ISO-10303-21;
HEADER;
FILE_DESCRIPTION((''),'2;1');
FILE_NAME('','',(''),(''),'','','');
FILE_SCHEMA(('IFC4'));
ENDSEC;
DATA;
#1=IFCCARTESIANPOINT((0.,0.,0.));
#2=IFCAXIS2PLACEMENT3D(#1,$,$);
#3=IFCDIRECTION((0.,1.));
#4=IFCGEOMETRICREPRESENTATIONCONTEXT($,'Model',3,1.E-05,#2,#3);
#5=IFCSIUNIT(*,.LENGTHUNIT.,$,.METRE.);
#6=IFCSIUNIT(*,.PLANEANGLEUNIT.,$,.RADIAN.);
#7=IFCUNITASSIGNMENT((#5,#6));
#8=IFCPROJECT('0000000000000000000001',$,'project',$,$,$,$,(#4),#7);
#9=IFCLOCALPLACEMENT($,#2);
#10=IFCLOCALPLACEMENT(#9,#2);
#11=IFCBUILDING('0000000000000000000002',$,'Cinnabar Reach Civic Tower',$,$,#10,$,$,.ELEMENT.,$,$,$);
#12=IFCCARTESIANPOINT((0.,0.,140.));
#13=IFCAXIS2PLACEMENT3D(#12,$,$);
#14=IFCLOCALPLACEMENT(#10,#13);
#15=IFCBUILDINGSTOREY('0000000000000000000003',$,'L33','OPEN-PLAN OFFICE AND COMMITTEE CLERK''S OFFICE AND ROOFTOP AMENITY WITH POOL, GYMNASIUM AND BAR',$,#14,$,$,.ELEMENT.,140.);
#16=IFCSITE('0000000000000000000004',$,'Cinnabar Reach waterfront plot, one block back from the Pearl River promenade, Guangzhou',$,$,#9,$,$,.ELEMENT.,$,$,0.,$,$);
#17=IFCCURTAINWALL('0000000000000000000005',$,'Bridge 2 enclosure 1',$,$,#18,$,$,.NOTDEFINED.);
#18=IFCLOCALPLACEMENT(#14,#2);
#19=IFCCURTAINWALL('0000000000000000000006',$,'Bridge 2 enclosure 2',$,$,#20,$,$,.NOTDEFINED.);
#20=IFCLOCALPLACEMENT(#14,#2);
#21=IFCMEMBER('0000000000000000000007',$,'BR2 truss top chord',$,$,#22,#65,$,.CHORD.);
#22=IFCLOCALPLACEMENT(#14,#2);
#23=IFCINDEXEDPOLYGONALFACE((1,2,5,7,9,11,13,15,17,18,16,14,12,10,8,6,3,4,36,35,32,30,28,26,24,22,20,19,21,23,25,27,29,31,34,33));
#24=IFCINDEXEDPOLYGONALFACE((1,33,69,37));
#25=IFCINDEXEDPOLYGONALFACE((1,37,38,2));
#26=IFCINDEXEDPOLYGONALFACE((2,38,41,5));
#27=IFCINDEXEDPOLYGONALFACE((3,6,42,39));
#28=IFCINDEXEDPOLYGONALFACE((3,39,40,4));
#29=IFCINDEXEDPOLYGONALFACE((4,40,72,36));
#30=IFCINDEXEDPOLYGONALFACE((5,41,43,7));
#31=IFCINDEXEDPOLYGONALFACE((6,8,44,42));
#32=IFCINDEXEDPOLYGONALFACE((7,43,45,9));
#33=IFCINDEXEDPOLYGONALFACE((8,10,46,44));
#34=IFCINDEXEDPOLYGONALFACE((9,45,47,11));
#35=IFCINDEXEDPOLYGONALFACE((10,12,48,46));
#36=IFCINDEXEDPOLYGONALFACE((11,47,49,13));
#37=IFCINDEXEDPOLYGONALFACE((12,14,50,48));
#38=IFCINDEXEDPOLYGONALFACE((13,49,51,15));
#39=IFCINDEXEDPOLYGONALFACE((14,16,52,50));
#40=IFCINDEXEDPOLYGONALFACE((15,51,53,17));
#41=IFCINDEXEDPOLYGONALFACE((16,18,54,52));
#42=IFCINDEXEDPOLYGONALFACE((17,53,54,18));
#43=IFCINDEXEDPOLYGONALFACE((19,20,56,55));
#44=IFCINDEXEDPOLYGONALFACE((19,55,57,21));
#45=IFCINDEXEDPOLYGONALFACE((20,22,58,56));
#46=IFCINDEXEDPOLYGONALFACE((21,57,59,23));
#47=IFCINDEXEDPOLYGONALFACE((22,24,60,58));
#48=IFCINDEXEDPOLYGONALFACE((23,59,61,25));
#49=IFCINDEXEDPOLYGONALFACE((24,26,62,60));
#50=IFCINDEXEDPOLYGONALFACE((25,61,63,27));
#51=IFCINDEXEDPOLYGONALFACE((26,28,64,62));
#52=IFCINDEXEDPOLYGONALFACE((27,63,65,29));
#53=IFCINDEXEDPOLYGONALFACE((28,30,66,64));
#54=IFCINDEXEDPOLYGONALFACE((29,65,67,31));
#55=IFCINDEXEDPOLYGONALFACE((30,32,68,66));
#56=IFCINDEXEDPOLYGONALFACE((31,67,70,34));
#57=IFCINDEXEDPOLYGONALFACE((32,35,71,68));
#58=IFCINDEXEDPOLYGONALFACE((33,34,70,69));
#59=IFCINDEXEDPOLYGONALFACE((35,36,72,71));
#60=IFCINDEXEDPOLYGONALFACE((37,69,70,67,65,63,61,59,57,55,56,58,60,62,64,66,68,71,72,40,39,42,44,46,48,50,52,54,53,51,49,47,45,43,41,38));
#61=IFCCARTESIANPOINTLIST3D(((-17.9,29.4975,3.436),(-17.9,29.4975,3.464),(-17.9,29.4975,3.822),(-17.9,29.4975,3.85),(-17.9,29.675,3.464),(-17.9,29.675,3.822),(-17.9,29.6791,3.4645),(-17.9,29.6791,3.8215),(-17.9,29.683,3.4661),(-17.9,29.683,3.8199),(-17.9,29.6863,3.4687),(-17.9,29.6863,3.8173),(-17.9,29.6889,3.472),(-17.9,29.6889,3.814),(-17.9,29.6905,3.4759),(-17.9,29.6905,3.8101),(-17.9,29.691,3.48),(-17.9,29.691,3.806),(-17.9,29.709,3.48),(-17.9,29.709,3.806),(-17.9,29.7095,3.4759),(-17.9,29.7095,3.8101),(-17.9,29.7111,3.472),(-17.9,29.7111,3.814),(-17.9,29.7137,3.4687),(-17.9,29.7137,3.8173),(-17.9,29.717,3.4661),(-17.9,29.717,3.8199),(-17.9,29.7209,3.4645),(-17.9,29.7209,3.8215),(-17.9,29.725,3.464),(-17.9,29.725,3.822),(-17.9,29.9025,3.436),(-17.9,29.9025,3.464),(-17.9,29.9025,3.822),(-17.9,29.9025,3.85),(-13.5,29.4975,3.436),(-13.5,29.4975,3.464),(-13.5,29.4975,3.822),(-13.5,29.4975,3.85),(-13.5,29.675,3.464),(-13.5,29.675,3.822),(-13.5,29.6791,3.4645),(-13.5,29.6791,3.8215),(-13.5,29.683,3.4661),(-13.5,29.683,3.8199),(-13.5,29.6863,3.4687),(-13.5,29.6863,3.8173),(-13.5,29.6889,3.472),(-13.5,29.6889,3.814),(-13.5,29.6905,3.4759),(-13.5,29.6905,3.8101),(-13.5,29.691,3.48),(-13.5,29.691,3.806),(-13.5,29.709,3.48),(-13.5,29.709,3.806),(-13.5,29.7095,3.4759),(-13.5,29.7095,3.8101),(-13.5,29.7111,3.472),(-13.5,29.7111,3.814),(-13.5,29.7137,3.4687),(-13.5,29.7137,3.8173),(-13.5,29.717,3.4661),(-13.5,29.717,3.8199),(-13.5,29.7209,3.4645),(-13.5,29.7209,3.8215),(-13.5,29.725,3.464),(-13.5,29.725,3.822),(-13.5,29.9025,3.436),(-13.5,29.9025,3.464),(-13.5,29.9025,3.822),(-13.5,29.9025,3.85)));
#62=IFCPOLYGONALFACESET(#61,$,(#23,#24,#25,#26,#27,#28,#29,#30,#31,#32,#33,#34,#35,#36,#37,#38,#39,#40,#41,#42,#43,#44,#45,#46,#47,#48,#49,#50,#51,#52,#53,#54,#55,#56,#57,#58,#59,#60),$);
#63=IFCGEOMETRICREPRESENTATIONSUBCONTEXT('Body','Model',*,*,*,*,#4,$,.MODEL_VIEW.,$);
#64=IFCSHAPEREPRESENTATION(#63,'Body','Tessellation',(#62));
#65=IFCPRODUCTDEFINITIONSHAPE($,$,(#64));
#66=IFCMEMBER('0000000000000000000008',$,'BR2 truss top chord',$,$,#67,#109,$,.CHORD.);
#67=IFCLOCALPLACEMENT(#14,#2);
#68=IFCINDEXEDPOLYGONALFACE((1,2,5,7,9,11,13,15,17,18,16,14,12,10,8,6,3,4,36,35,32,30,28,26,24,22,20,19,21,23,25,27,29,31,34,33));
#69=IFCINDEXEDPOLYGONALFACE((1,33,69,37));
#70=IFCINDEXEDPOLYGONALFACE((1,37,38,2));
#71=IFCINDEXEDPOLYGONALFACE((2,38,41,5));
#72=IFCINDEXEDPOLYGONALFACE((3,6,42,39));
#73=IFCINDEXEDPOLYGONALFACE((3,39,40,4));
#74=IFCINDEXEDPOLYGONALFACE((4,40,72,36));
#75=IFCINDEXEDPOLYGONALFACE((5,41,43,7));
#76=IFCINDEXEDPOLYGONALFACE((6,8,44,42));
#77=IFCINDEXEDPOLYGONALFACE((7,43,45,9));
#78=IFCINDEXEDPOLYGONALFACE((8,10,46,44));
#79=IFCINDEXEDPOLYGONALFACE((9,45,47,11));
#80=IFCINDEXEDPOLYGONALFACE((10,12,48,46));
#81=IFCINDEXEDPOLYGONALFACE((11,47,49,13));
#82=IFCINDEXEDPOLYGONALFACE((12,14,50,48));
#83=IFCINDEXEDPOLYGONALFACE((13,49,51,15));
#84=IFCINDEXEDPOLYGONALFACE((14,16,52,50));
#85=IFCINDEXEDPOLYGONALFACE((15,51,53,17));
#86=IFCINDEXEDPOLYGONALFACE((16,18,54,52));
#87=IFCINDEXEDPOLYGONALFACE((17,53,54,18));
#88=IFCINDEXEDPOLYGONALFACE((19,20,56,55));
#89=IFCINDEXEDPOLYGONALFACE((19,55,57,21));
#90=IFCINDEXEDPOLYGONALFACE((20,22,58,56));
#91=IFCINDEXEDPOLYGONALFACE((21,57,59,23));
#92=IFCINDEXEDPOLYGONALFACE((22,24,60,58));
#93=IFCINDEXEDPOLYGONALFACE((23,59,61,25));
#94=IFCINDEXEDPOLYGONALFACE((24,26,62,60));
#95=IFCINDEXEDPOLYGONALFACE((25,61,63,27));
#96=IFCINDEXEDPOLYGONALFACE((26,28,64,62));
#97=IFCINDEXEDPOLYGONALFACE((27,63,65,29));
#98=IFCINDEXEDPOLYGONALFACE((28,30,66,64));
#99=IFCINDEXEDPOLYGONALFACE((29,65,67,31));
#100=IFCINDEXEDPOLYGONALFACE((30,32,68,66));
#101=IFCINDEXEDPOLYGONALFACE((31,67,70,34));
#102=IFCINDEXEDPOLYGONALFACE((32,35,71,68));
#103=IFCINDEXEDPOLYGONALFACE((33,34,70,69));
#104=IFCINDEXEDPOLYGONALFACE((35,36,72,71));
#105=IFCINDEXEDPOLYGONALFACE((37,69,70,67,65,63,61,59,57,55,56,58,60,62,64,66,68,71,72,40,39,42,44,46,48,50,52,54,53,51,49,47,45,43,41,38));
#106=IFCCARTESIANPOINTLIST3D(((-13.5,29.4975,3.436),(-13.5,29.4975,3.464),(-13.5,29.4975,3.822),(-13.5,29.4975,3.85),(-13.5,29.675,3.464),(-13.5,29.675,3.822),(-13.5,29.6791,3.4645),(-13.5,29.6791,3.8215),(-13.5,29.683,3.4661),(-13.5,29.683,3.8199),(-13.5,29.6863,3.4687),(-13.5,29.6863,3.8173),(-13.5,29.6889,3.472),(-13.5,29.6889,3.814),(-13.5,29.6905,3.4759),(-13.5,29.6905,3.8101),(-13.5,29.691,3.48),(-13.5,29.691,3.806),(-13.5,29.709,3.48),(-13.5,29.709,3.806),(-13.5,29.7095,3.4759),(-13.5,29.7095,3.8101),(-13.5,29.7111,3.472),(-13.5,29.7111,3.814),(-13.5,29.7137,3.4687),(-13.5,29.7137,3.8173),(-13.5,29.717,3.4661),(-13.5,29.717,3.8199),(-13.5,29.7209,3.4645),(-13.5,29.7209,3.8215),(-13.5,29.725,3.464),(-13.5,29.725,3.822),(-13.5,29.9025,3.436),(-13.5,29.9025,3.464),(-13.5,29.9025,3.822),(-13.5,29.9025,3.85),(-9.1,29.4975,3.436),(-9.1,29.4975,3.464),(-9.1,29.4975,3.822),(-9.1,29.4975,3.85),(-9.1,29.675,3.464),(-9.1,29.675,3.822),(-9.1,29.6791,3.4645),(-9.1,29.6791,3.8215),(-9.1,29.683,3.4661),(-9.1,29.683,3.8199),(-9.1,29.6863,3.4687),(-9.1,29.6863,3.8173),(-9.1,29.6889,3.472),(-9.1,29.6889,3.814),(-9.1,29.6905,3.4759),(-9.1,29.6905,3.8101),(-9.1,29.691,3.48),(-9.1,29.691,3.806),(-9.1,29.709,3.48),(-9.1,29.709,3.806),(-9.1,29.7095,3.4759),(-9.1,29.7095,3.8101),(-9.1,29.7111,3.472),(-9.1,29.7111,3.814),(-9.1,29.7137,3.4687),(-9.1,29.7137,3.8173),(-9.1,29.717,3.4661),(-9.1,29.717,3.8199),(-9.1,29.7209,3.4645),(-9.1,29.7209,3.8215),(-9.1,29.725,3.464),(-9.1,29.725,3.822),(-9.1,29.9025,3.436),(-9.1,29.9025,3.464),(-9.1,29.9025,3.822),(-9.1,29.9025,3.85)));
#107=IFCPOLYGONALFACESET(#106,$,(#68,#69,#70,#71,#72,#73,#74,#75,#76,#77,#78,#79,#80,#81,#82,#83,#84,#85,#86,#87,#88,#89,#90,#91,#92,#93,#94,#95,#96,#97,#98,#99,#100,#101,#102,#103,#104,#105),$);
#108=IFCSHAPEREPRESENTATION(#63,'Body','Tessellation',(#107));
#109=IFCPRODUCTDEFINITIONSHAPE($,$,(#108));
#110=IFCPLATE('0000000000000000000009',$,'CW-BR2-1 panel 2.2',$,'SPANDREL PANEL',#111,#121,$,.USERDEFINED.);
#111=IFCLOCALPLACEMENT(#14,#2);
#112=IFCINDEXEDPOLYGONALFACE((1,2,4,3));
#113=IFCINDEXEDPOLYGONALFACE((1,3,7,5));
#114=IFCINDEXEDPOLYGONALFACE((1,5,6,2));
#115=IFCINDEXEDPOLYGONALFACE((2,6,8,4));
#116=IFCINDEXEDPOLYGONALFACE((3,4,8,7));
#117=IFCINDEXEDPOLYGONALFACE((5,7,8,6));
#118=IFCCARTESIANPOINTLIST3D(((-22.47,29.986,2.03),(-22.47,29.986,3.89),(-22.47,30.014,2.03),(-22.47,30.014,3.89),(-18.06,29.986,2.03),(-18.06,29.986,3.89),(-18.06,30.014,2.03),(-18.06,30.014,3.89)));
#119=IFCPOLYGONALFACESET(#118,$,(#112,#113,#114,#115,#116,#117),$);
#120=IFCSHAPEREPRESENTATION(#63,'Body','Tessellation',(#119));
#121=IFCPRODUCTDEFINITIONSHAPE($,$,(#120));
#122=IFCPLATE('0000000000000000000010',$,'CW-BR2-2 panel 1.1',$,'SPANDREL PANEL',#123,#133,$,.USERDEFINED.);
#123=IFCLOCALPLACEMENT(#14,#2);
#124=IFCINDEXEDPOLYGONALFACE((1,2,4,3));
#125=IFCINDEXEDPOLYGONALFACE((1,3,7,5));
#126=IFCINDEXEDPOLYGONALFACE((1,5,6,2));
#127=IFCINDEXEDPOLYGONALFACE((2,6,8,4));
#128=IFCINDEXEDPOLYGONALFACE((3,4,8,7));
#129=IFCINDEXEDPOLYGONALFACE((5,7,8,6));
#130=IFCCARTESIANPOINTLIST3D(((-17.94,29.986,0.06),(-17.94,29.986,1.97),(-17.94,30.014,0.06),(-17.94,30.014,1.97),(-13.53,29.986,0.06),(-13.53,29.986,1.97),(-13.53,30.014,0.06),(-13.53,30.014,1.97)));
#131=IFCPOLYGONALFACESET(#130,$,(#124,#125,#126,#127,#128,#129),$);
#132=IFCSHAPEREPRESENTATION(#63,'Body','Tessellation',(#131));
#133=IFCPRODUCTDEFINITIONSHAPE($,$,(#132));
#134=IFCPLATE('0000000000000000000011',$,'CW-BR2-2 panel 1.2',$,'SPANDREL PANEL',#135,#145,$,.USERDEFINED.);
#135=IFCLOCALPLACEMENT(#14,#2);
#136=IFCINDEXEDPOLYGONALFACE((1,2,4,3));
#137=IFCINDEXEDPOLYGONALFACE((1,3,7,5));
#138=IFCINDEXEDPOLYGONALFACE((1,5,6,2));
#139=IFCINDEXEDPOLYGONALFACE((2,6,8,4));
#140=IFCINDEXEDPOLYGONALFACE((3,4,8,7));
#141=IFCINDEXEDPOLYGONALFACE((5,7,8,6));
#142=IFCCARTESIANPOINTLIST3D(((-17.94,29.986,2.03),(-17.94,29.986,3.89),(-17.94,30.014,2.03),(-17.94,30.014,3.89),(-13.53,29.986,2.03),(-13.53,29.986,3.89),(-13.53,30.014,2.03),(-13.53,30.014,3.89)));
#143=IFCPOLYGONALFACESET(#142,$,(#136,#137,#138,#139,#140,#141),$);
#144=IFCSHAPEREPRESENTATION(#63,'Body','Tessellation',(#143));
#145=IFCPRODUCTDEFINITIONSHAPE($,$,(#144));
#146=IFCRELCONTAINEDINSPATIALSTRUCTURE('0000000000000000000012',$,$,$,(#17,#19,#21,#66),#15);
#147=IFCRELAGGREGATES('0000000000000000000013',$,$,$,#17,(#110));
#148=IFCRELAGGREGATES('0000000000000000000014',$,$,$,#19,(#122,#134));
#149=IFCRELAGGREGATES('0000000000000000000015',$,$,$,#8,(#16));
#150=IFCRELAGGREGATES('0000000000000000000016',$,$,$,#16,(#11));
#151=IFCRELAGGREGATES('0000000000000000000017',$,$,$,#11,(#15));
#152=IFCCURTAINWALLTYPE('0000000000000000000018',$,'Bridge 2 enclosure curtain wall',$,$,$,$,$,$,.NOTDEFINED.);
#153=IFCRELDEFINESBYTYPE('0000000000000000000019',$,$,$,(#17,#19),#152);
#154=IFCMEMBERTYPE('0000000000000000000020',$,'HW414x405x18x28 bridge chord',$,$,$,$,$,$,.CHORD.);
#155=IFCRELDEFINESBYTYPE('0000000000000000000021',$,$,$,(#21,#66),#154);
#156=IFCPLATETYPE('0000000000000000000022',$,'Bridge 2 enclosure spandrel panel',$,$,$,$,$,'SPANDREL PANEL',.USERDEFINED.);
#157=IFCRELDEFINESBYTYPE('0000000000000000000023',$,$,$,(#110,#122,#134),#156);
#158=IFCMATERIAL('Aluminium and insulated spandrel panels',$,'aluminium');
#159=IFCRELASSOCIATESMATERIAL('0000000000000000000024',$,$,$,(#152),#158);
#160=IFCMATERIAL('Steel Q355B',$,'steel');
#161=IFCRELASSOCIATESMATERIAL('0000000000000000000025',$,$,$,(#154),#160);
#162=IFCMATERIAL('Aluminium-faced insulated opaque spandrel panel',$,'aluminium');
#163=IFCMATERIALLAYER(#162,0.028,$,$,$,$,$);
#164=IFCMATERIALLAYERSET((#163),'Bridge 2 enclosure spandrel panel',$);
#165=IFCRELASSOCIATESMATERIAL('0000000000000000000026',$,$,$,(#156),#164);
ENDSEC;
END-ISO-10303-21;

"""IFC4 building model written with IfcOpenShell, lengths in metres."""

from ifc_helpers import new_model, si_unit, direction, frame, origin, origin_2d, place, context, subcontext, project, spatial, rectangle, i_section, extrude, material, layer, layer_set, material_profile, profile_set, type_object, element, aggregate, save


model = new_model("IFC4")

# Units and contexts
model_context = context("Model", 3, precision=1e-05, world=origin(), true_north=direction((0.0, 1.0)))
body_context = subcontext(model_context, "Body", "Model", "MODEL_VIEW")
ifc_project = project(units=[si_unit("LENGTHUNIT", "METRE"), si_unit("PLANEANGLEUNIT", "RADIAN")], contexts=[model_context])

# Site, building, storey
site_placement = place(None, origin())
site = spatial("IfcSite", under=ifc_project, at=site_placement, Name="Cinnabar Reach waterfront plot, one block back from the Pearl River promenade, Guangzhou", CompositionType="ELEMENT", RefElevation=0.0)
building_placement = place(site_placement, origin())
building = spatial("IfcBuilding", under=site, at=building_placement, Name="Cinnabar Reach Civic Tower", CompositionType="ELEMENT")
storey_placement = place(building_placement, frame((0.0, 0.0, 140.0)))
storey = spatial("IfcBuildingStorey", under=building, at=storey_placement, Name="L33", Description="OPEN-PLAN OFFICE AND COMMITTEE CLERK'S OFFICE AND ROOFTOP AMENITY WITH POOL, GYMNASIUM AND BAR", CompositionType="ELEMENT", Elevation=140.0)

# Curtain wall
ifc_material_1 = material(Name="Aluminium and insulated spandrel panels", Category="aluminium")
curtain_wall_type = type_object("IfcCurtainWallType", Name="Bridge 2 enclosure curtain wall", PredefinedType="NOTDEFINED", material=ifc_material_1)
curtain_wall_1_placement = place(storey_placement, origin())
curtain_wall_1 = element("IfcCurtainWall", 1, at=curtain_wall_1_placement, inside=storey, type_object=curtain_wall_type, Name="Bridge 2 enclosure 1", PredefinedType="NOTDEFINED")

# Curtain wall
curtain_wall_2_placement = place(storey_placement, origin())
curtain_wall_2 = element("IfcCurtainWall", 2, at=curtain_wall_2_placement, inside=storey, type_object=curtain_wall_type, Name="Bridge 2 enclosure 2", PredefinedType="NOTDEFINED")

# Shared definitions
ifc_material_2 = material(Name="Steel Q355B", Category="steel")

# Members
ifc_material_profile_1 = material_profile(ifc_material_2, i_section(OverallWidth=0.405, OverallDepth=0.414, WebThickness=0.018, FlangeThickness=0.028, FilletRadius=0.016, at=origin_2d()), Name="HW414x405x18x28")
ifc_profile_set_1 = profile_set([ifc_material_profile_1], Name="Steel Q355B")
member_type_1 = type_object("IfcMemberType", Name="HW414x405x18x28 bridge chord", PredefinedType="CHORD", material=ifc_profile_set_1)
for number, where, z_axis, x_axis, name in (
    (3, (-17.9, 29.7, 3.643), (1.0, 0.0, 0.0), (0.0, 1.0, 0.0), "BR2 truss top chord"),
    (4, (-13.5, 29.7, 3.643), (1.0, 0.0, 0.0), (0.0, 1.0, 0.0), "BR2 truss top chord"),
):
    element("IfcMember", number, at=place(storey_placement, frame(where, z_axis=z_axis, x_axis=x_axis)), inside=storey, type_object=member_type_1, Name=name, PredefinedType="CHORD", context=body_context, shape_type="SweptSolid", body=[
        extrude(i_section(OverallWidth=0.405, OverallDepth=0.414, WebThickness=0.018, FlangeThickness=0.028, FilletRadius=0.016, at=origin_2d()), origin(), (0.0, 0.0, 1.0), 4.4),
    ])

# Plates
ifc_material_3 = material(Name="Aluminium-faced insulated opaque spandrel panel", Category="aluminium")
ifc_layer = layer(ifc_material_3, 0.028)
ifc_layer_set = layer_set([ifc_layer], Name="Bridge 2 enclosure spandrel panel")
plate_type = type_object("IfcPlateType", Name="Bridge 2 enclosure spandrel panel", ElementType="SPANDREL PANEL", PredefinedType="USERDEFINED", material=ifc_layer_set)
plate_1_placement = place(storey_placement, frame((-20.265, 30.0, 2.03), z_axis=(0.0, 0.0, 1.0), x_axis=(1.0, 0.0, 0.0)))
plate_1 = element("IfcPlate", 5, at=plate_1_placement, type_object=plate_type, Name="CW-BR2-1 panel 2.2", ObjectType="SPANDREL PANEL", PredefinedType="USERDEFINED", context=body_context, shape_type="SweptSolid", body=[
    extrude(rectangle(XDim=4.41, YDim=0.028, at=origin_2d()), origin(), (0.0, 0.0, 1.0), 1.86),
])
aggregate(curtain_wall_1, [plate_1])
plate_2_placement = place(storey_placement, frame((-15.735, 30.0, 0.06), z_axis=(0.0, 0.0, 1.0), x_axis=(1.0, 0.0, 0.0)))
plate_2 = element("IfcPlate", 6, at=plate_2_placement, type_object=plate_type, Name="CW-BR2-2 panel 1.1", ObjectType="SPANDREL PANEL", PredefinedType="USERDEFINED", context=body_context, shape_type="SweptSolid", body=[
    extrude(rectangle(XDim=4.41, YDim=0.028, at=origin_2d()), origin(), (0.0, 0.0, 1.0), 1.91),
])
plate_3_placement = place(storey_placement, frame((-15.735, 30.0, 2.03), z_axis=(0.0, 0.0, 1.0), x_axis=(1.0, 0.0, 0.0)))
plate_3 = element("IfcPlate", 7, at=plate_3_placement, type_object=plate_type, Name="CW-BR2-2 panel 1.2", ObjectType="SPANDREL PANEL", PredefinedType="USERDEFINED", context=body_context, shape_type="SweptSolid", body=[
    extrude(rectangle(XDim=4.41, YDim=0.028, at=origin_2d()), origin(), (0.0, 0.0, 1.0), 1.86),
])
aggregate(curtain_wall_2, [plate_2, plate_3])

save(model, "model.ifc")
